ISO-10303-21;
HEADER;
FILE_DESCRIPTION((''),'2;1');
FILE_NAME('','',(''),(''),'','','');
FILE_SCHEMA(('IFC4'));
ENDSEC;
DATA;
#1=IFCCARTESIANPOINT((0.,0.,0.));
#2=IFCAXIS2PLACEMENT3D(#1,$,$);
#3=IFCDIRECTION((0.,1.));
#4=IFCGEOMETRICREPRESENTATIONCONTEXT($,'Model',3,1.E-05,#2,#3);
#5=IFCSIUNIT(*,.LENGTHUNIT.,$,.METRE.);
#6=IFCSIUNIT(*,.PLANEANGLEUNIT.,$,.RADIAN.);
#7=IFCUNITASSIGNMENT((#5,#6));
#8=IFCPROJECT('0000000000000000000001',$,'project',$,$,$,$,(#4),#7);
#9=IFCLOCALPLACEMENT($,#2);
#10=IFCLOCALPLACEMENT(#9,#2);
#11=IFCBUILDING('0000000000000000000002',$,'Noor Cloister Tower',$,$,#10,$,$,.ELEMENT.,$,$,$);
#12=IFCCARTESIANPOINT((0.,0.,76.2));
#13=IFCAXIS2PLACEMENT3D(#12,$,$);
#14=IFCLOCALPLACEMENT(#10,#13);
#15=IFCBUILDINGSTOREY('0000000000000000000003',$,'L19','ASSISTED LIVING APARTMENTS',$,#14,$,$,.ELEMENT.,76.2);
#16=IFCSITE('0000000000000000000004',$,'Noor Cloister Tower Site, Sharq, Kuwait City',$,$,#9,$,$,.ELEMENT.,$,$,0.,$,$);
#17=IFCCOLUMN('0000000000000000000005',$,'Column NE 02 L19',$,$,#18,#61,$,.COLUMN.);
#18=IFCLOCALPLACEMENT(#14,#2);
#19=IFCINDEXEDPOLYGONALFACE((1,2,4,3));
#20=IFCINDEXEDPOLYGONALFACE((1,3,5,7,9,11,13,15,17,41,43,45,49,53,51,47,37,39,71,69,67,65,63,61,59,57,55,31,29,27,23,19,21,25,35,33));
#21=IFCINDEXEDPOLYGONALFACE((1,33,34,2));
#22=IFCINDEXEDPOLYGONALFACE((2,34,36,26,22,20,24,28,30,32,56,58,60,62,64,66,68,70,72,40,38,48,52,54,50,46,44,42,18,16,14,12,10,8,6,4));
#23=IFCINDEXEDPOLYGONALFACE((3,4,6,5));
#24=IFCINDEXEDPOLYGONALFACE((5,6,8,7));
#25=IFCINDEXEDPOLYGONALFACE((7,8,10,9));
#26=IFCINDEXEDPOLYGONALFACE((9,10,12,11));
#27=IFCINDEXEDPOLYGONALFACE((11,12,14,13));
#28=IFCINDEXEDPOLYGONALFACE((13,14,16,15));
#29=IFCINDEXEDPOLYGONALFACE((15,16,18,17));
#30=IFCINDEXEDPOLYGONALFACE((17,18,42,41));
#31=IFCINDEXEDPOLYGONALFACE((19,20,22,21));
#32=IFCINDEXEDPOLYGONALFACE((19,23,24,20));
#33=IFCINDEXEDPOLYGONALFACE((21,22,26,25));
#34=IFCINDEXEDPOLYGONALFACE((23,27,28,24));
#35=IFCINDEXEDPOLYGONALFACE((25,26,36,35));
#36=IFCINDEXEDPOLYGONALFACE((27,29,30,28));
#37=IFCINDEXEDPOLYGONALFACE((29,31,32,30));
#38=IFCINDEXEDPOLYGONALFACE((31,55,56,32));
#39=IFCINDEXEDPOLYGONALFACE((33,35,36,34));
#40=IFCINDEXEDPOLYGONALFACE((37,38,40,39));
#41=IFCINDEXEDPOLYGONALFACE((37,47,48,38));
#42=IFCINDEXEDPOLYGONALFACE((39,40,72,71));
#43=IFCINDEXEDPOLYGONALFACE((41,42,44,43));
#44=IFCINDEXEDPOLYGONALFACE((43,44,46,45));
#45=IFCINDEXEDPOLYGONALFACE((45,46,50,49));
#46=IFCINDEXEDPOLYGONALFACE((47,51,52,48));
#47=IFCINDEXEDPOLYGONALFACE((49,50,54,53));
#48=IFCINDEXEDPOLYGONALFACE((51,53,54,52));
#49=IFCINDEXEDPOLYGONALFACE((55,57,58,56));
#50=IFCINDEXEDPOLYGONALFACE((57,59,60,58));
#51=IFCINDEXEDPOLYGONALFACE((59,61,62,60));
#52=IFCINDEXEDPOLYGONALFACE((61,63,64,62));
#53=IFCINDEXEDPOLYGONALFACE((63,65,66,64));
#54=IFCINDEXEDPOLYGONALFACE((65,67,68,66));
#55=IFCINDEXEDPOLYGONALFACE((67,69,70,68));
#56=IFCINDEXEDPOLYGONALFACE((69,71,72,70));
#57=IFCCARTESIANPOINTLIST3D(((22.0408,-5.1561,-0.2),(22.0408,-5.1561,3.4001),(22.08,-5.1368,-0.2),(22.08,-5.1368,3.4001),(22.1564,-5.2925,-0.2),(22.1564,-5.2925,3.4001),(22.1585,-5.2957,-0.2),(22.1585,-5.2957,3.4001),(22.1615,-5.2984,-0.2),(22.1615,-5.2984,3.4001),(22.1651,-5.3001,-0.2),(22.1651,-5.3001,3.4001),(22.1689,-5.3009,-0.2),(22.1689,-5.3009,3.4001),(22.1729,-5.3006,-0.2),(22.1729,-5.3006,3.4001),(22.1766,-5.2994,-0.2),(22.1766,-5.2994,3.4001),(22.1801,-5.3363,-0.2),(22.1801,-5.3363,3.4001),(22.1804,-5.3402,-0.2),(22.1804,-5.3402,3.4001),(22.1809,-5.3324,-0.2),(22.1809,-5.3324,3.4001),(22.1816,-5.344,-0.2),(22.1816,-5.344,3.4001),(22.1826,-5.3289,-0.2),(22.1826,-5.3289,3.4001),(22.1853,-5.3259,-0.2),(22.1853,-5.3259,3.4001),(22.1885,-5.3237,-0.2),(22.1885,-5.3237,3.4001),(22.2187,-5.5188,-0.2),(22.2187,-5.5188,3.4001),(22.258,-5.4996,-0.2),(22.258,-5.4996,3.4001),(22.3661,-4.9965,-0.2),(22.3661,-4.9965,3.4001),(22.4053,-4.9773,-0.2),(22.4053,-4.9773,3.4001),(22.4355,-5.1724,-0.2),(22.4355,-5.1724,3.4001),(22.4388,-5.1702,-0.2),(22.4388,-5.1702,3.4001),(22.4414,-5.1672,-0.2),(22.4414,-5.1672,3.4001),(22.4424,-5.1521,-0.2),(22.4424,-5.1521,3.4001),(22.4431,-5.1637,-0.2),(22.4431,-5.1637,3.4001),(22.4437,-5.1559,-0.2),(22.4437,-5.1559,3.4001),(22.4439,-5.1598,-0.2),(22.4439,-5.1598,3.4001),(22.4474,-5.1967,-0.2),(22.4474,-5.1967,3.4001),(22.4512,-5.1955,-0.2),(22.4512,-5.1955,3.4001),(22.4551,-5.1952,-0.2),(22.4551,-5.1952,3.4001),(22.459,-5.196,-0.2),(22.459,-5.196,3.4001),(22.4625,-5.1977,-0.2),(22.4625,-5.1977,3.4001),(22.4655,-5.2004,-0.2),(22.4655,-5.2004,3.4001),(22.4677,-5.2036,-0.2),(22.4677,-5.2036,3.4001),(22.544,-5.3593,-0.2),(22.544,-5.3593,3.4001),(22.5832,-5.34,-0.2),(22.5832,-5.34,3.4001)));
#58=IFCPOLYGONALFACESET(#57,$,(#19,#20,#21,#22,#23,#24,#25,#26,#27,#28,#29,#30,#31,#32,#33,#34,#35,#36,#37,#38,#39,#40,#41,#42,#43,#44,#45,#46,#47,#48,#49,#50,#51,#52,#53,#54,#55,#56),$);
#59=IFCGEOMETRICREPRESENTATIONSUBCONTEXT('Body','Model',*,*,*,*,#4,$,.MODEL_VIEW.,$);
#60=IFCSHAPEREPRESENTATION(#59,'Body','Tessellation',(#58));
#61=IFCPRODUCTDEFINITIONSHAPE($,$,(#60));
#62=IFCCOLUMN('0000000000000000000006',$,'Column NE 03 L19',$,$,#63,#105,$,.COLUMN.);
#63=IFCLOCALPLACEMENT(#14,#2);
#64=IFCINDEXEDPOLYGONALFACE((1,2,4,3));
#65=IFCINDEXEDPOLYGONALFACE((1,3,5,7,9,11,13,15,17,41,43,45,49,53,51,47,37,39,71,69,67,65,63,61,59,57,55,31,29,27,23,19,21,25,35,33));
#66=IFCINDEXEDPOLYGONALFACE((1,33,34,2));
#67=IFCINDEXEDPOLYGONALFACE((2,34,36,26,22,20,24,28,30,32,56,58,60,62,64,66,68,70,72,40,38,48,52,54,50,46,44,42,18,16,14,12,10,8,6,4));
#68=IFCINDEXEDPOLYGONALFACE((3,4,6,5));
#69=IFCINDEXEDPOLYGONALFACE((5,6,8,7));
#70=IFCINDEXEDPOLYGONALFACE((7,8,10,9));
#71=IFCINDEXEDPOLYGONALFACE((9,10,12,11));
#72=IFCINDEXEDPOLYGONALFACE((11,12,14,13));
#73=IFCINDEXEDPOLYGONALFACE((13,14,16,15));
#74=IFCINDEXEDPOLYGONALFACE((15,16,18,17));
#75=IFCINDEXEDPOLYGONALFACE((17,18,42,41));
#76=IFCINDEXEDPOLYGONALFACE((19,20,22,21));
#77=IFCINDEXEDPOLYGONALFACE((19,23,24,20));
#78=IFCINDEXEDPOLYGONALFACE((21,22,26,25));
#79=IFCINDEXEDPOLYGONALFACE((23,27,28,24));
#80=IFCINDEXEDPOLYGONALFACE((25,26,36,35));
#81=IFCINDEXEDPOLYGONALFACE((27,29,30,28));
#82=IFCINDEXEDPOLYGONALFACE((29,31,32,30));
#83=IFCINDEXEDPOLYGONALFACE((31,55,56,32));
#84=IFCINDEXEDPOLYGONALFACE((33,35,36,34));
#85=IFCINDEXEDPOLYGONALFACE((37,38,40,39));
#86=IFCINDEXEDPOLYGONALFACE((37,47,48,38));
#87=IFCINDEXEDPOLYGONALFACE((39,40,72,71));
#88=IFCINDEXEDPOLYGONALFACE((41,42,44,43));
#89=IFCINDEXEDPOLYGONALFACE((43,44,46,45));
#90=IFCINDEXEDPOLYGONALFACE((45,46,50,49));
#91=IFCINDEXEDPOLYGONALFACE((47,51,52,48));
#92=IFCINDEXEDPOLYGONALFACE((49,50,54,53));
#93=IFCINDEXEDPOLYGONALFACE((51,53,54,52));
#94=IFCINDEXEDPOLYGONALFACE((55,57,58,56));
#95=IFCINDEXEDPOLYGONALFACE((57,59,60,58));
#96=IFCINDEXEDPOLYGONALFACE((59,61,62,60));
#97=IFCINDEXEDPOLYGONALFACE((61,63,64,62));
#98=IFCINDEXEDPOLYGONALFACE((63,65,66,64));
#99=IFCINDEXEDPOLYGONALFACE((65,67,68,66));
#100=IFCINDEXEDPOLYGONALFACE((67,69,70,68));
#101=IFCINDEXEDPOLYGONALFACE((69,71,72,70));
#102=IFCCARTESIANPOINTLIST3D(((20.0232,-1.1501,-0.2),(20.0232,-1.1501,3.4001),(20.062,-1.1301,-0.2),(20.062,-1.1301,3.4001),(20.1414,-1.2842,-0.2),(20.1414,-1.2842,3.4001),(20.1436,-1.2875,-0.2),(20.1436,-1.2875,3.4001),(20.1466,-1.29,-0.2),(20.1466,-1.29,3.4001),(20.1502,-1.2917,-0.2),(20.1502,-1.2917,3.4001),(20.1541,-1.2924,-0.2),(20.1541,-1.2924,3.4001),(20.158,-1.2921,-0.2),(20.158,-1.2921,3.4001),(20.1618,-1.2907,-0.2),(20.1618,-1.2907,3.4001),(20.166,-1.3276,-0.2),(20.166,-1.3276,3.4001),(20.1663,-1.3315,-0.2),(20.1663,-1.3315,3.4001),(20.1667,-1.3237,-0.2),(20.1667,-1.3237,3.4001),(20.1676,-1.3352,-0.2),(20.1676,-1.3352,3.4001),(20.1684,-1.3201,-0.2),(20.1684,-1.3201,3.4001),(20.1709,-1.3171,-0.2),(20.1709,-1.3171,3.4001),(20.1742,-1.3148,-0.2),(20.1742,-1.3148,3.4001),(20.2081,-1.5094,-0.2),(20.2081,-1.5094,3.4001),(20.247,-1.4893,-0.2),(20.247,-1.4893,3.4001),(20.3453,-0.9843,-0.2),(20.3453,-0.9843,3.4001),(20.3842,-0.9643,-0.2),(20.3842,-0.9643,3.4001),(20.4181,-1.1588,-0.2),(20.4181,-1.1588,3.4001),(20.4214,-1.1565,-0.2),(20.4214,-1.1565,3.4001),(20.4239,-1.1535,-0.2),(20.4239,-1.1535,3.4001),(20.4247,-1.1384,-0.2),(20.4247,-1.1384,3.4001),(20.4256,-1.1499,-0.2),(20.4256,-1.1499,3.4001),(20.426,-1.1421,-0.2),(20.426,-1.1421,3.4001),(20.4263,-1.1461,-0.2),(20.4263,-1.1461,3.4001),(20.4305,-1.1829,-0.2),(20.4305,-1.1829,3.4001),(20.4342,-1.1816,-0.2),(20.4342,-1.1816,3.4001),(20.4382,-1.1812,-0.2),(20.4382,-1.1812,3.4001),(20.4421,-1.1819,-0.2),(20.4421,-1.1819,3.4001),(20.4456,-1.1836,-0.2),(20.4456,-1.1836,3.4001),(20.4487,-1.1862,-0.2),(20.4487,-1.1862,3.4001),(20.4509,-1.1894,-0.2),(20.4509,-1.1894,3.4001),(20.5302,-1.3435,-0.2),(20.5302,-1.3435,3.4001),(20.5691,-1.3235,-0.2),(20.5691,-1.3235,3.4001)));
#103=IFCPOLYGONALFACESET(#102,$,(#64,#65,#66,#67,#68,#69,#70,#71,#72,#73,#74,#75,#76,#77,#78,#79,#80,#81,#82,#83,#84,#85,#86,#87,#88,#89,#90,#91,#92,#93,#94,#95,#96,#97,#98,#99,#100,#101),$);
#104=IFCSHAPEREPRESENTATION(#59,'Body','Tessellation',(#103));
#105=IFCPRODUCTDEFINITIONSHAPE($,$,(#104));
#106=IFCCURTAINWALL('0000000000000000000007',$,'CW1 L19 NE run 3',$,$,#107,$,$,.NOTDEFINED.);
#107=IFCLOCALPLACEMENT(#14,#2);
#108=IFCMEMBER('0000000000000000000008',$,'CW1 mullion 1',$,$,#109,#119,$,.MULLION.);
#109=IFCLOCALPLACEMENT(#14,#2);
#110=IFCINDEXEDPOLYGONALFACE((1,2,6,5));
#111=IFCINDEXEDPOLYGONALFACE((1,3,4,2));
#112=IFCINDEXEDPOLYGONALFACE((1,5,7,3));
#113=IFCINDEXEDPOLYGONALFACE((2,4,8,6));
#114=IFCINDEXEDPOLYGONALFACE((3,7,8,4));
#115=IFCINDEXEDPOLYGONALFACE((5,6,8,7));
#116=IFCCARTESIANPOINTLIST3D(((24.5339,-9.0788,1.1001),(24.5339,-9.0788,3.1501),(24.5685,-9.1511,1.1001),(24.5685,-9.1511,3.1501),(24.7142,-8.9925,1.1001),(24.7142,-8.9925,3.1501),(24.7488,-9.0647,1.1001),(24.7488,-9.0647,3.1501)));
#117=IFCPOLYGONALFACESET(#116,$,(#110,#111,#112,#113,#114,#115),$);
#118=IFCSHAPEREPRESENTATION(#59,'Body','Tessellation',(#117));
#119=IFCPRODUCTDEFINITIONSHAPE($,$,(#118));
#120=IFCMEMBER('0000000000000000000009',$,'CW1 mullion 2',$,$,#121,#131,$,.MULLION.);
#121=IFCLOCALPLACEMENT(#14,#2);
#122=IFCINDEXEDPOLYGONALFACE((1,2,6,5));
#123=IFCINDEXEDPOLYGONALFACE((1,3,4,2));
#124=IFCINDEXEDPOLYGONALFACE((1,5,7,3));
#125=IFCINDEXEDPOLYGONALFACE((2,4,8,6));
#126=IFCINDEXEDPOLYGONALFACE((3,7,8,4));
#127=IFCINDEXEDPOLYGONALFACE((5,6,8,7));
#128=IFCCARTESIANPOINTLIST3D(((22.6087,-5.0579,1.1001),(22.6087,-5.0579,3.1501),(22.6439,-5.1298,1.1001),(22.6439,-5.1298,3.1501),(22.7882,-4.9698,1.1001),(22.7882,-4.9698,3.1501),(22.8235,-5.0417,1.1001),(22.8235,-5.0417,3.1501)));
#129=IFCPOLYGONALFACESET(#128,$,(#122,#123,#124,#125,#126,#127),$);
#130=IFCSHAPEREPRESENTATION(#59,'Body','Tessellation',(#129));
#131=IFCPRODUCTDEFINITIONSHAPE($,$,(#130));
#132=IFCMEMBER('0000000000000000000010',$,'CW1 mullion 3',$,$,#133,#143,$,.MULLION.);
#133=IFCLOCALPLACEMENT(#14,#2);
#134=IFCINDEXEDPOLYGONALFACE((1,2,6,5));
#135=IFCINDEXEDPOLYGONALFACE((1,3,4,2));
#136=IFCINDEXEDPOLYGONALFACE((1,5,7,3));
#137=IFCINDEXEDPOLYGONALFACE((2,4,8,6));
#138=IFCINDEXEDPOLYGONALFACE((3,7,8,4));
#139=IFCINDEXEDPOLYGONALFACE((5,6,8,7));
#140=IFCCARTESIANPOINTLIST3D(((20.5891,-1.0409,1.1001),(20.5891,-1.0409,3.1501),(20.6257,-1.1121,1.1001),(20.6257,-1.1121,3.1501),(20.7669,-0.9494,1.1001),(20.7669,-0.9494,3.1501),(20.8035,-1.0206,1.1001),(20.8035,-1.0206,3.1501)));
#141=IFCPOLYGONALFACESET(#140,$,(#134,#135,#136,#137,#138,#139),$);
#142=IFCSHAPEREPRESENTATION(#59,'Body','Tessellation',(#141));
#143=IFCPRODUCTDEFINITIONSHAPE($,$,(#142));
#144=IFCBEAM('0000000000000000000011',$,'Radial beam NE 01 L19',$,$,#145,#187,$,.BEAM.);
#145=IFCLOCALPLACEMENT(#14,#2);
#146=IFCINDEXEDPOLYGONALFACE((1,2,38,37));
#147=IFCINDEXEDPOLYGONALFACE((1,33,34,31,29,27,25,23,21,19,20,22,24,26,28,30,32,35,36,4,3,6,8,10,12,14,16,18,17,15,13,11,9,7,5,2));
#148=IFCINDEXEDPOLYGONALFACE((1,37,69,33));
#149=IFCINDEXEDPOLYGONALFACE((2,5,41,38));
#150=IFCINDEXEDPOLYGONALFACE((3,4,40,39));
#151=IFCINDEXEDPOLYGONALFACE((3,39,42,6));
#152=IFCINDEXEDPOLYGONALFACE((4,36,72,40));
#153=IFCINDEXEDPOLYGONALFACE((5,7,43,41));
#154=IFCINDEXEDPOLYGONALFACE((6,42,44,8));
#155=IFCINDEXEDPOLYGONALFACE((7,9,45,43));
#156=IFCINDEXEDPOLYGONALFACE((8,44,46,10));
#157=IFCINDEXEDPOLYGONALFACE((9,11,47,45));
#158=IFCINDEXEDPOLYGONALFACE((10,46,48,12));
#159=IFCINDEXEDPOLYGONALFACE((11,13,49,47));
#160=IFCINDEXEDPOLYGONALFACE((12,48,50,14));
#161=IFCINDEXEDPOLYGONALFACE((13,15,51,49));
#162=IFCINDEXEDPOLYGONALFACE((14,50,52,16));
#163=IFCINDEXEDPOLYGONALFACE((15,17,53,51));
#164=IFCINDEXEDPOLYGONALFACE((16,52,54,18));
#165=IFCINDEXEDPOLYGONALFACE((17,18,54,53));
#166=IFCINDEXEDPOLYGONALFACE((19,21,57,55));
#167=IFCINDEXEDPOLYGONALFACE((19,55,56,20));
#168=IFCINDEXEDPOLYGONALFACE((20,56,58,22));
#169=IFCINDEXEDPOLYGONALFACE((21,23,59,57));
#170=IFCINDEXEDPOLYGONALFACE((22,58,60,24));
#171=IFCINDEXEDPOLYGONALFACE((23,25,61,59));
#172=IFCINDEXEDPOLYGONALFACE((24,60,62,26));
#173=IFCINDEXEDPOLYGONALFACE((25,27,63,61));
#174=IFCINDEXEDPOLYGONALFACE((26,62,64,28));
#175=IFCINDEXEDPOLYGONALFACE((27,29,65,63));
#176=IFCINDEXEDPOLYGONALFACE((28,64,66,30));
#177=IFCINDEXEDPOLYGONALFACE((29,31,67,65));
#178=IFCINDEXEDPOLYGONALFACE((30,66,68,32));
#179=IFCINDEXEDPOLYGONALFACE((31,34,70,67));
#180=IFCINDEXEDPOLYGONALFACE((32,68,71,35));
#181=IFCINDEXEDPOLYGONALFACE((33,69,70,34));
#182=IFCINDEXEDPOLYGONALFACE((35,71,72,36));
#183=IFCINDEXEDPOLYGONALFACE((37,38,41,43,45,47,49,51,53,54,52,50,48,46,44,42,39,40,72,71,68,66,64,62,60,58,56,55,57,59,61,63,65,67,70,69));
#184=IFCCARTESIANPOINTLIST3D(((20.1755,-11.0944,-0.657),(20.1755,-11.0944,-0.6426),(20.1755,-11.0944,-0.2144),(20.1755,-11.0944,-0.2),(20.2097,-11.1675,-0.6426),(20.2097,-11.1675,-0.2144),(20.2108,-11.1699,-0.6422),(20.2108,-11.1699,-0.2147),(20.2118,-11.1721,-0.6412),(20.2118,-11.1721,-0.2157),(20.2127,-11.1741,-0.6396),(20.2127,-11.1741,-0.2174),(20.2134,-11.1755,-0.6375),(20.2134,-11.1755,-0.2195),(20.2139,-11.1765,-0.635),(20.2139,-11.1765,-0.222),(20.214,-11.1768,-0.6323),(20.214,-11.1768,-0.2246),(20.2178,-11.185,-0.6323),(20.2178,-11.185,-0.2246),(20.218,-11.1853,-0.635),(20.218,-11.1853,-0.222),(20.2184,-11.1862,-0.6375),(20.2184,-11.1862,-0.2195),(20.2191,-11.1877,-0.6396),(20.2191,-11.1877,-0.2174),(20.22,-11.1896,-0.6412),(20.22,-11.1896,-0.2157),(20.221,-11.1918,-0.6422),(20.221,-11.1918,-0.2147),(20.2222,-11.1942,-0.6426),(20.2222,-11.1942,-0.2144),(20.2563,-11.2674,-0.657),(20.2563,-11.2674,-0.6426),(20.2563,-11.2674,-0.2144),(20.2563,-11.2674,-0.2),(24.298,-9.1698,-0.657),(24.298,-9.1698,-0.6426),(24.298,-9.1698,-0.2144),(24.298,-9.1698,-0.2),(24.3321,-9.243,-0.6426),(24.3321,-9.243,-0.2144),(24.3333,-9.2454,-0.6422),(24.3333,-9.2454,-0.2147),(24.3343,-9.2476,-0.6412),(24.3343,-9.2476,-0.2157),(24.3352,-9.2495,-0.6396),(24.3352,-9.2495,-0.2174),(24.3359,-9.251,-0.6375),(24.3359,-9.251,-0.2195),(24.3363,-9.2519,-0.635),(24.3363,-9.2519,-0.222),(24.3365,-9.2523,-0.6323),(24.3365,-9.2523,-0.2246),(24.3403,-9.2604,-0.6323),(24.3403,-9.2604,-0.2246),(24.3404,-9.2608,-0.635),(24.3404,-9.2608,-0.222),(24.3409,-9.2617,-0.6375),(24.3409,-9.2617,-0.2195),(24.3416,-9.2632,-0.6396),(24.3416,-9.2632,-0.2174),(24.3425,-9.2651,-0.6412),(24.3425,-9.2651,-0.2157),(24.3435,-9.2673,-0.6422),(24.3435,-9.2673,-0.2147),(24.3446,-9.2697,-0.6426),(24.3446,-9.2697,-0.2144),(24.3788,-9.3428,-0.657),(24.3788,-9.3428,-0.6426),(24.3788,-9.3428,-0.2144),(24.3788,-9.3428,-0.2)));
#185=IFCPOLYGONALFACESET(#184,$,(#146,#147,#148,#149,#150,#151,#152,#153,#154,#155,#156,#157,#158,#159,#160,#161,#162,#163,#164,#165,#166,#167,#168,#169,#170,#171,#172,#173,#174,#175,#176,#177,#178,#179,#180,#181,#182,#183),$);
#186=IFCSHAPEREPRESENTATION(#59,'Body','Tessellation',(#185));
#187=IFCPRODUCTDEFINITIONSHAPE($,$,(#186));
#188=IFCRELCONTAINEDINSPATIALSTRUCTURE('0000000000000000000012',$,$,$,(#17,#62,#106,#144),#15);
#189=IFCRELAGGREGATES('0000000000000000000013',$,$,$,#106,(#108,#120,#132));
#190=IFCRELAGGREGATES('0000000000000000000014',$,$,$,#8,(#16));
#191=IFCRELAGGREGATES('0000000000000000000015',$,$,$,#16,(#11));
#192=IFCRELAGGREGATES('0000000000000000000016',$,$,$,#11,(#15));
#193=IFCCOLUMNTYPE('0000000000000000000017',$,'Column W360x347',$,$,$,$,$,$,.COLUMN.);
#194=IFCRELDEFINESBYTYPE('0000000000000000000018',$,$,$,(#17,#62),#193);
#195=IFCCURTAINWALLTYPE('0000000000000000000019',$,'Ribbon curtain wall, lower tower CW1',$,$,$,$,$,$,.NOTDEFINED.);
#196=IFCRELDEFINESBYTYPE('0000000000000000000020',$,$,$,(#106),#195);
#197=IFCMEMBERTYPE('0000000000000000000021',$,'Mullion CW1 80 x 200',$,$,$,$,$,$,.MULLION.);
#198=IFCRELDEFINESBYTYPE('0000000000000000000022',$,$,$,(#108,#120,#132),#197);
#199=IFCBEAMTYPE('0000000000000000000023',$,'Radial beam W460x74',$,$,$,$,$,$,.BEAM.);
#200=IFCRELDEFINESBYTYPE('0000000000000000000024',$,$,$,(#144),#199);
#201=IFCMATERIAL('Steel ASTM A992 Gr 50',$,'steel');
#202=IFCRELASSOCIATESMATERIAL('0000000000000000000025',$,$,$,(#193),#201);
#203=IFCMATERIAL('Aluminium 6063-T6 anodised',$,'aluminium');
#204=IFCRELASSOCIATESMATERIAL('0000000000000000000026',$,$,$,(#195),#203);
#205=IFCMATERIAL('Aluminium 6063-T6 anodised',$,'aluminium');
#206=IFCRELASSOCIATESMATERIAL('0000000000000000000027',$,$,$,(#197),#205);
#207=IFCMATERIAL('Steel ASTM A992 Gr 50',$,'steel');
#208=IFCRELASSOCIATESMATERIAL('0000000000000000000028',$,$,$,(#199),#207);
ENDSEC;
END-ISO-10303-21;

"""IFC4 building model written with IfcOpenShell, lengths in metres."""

from ifc_helpers import new_model, si_unit, direction, frame, origin, origin_2d, place, context, subcontext, project, spatial, rectangle, i_section, extrude, material, material_profile, profile_set, type_object, element, aggregate, save


model = new_model("IFC4")

# Units and contexts
model_context = context("Model", 3, precision=1e-05, world=origin(), true_north=direction((0.0, 1.0)))
body_context = subcontext(model_context, "Body", "Model", "MODEL_VIEW")
ifc_project = project(units=[si_unit("LENGTHUNIT", "METRE"), si_unit("PLANEANGLEUNIT", "RADIAN")], contexts=[model_context])

# Site, building, storey
site_placement = place(None, origin())
site = spatial("IfcSite", under=ifc_project, at=site_placement, Name="Noor Cloister Tower Site, Sharq, Kuwait City", CompositionType="ELEMENT", RefElevation=0.0)
building_placement = place(site_placement, origin())
building = spatial("IfcBuilding", under=site, at=building_placement, Name="Noor Cloister Tower", CompositionType="ELEMENT")
storey_placement = place(building_placement, frame((0.0, 0.0, 76.2)))
storey = spatial("IfcBuildingStorey", under=building, at=storey_placement, Name="L19", Description="ASSISTED LIVING APARTMENTS", CompositionType="ELEMENT", Elevation=76.2)

# Columns
ifc_material_1 = material(Name="Steel ASTM A992 Gr 50", Category="steel")
ifc_material_profile_1 = material_profile(ifc_material_1, i_section(OverallWidth=0.4041, OverallDepth=0.406, WebThickness=0.0271, FlangeThickness=0.0437, FilletRadius=0.0151, at=origin_2d()), Name="W360x347")
ifc_profile_set_1 = profile_set([ifc_material_profile_1], Name="Steel ASTM A992 Gr 50")
column_type = type_object("IfcColumnType", Name="Column W360x347", PredefinedType="COLUMN", material=ifc_profile_set_1)
for number, where, z_axis, x_axis, name in (
    (1, (22.312, -5.248, -0.2), (0.0, 0.0, 1.0), (-0.440428, 0.897788, 0.0), "Column NE 02 L19"),
    (2, (20.2961, -1.2368, -0.2), (0.0, 0.0, 1.0), (-0.457666, 0.889124, 0.0), "Column NE 03 L19"),
):
    element("IfcColumn", number, at=place(storey_placement, frame(where, z_axis=z_axis, x_axis=x_axis)), inside=storey, type_object=column_type, Name=name, PredefinedType="COLUMN", context=body_context, shape_type="SweptSolid", body=[
        extrude(i_section(OverallWidth=0.4041, OverallDepth=0.406, WebThickness=0.0271, FlangeThickness=0.0437, FilletRadius=0.0151, at=origin_2d()), origin(), (0.0, 0.0, 1.0), 3.6001),
    ])

# Curtain wall, members
ifc_material_2 = material(Name="Aluminium 6063-T6 anodised", Category="aluminium")
curtain_wall_type = type_object("IfcCurtainWallType", Name="Ribbon curtain wall, lower tower CW1", PredefinedType="NOTDEFINED", material=ifc_material_2)
curtain_wall_placement = place(storey_placement, origin())
curtain_wall = element("IfcCurtainWall", 3, at=curtain_wall_placement, inside=storey, type_object=curtain_wall_type, Name="CW1 L19 NE run 3", PredefinedType="NOTDEFINED")
ifc_material_3 = material(Name="Aluminium 6063-T6 anodised", Category="aluminium")
ifc_material_profile_2 = material_profile(ifc_material_3, rectangle(XDim=0.2, YDim=0.0801, at=origin_2d()), Name="200 x 80 mullion")
ifc_profile_set_2 = profile_set([ifc_material_profile_2], Name="Aluminium 6063-T6 anodised")
member_type = type_object("IfcMemberType", Name="Mullion CW1 80 x 200", PredefinedType="MULLION", material=ifc_profile_set_2)
member_1_placement = place(storey_placement, frame((24.6414, -9.0718, 1.1001), z_axis=(0.0, 0.0, 1.0), x_axis=(-0.901994, -0.431748, 0.0)))
member_1 = element("IfcMember", 4, at=member_1_placement, type_object=member_type, Name="CW1 mullion 1", PredefinedType="MULLION", context=body_context, shape_type="SweptSolid", body=[
    extrude(rectangle(XDim=0.2, YDim=0.0801, at=origin_2d()), origin(), (0.0, 0.0, 1.0), 2.05),
])
member_2_placement = place(storey_placement, frame((22.7161, -5.0498, 1.1001), z_axis=(0.0, 0.0, 1.0), x_axis=(-0.897788, -0.440428, 0.0)))
member_2 = element("IfcMember", 5, at=member_2_placement, type_object=member_type, Name="CW1 mullion 2", PredefinedType="MULLION", context=body_context, shape_type="SweptSolid", body=[
    extrude(rectangle(XDim=0.2, YDim=0.0801, at=origin_2d()), origin(), (0.0, 0.0, 1.0), 2.05),
])
member_3_placement = place(storey_placement, frame((20.6963, -1.0308, 1.1001), z_axis=(0.0, 0.0, 1.0), x_axis=(-0.889124, -0.457666, 0.0)))
member_3 = element("IfcMember", 6, at=member_3_placement, type_object=member_type, Name="CW1 mullion 3", PredefinedType="MULLION", context=body_context, shape_type="SweptSolid", body=[
    extrude(rectangle(XDim=0.2, YDim=0.0801, at=origin_2d()), origin(), (0.0, 0.0, 1.0), 2.05),
])

# Beam
ifc_material_4 = material(Name="Steel ASTM A992 Gr 50", Category="steel")
ifc_material_profile_3 = material_profile(ifc_material_4, i_section(OverallWidth=0.1909, OverallDepth=0.457, WebThickness=0.009, FlangeThickness=0.0144, FilletRadius=0.0103, at=origin_2d()), Name="W460x74")
ifc_profile_set_3 = profile_set([ifc_material_profile_3], Name="Steel ASTM A992 Gr 50")
beam_type_1 = type_object("IfcBeamType", Name="Radial beam W460x74", PredefinedType="BEAM", material=ifc_profile_set_3)
beam_1_placement = place(storey_placement, frame((24.3384, -9.2563, -0.4285), z_axis=(-0.906124, -0.423012, 0.0), x_axis=(0.423012, -0.906124, 0.0)))
element("IfcBeam", 7, at=beam_1_placement, inside=storey, type_object=beam_type_1, Name="Radial beam NE 01 L19", PredefinedType="BEAM", context=body_context, shape_type="SweptSolid", body=[
    extrude(i_section(OverallWidth=0.1909, OverallDepth=0.457, WebThickness=0.009, FlangeThickness=0.0144, FilletRadius=0.0103, at=origin_2d()), origin(), (0.0, 0.0, 1.0), 4.5496),
])

aggregate(curtain_wall, [member_1, member_2, member_3])

save(model, "model.ifc")
